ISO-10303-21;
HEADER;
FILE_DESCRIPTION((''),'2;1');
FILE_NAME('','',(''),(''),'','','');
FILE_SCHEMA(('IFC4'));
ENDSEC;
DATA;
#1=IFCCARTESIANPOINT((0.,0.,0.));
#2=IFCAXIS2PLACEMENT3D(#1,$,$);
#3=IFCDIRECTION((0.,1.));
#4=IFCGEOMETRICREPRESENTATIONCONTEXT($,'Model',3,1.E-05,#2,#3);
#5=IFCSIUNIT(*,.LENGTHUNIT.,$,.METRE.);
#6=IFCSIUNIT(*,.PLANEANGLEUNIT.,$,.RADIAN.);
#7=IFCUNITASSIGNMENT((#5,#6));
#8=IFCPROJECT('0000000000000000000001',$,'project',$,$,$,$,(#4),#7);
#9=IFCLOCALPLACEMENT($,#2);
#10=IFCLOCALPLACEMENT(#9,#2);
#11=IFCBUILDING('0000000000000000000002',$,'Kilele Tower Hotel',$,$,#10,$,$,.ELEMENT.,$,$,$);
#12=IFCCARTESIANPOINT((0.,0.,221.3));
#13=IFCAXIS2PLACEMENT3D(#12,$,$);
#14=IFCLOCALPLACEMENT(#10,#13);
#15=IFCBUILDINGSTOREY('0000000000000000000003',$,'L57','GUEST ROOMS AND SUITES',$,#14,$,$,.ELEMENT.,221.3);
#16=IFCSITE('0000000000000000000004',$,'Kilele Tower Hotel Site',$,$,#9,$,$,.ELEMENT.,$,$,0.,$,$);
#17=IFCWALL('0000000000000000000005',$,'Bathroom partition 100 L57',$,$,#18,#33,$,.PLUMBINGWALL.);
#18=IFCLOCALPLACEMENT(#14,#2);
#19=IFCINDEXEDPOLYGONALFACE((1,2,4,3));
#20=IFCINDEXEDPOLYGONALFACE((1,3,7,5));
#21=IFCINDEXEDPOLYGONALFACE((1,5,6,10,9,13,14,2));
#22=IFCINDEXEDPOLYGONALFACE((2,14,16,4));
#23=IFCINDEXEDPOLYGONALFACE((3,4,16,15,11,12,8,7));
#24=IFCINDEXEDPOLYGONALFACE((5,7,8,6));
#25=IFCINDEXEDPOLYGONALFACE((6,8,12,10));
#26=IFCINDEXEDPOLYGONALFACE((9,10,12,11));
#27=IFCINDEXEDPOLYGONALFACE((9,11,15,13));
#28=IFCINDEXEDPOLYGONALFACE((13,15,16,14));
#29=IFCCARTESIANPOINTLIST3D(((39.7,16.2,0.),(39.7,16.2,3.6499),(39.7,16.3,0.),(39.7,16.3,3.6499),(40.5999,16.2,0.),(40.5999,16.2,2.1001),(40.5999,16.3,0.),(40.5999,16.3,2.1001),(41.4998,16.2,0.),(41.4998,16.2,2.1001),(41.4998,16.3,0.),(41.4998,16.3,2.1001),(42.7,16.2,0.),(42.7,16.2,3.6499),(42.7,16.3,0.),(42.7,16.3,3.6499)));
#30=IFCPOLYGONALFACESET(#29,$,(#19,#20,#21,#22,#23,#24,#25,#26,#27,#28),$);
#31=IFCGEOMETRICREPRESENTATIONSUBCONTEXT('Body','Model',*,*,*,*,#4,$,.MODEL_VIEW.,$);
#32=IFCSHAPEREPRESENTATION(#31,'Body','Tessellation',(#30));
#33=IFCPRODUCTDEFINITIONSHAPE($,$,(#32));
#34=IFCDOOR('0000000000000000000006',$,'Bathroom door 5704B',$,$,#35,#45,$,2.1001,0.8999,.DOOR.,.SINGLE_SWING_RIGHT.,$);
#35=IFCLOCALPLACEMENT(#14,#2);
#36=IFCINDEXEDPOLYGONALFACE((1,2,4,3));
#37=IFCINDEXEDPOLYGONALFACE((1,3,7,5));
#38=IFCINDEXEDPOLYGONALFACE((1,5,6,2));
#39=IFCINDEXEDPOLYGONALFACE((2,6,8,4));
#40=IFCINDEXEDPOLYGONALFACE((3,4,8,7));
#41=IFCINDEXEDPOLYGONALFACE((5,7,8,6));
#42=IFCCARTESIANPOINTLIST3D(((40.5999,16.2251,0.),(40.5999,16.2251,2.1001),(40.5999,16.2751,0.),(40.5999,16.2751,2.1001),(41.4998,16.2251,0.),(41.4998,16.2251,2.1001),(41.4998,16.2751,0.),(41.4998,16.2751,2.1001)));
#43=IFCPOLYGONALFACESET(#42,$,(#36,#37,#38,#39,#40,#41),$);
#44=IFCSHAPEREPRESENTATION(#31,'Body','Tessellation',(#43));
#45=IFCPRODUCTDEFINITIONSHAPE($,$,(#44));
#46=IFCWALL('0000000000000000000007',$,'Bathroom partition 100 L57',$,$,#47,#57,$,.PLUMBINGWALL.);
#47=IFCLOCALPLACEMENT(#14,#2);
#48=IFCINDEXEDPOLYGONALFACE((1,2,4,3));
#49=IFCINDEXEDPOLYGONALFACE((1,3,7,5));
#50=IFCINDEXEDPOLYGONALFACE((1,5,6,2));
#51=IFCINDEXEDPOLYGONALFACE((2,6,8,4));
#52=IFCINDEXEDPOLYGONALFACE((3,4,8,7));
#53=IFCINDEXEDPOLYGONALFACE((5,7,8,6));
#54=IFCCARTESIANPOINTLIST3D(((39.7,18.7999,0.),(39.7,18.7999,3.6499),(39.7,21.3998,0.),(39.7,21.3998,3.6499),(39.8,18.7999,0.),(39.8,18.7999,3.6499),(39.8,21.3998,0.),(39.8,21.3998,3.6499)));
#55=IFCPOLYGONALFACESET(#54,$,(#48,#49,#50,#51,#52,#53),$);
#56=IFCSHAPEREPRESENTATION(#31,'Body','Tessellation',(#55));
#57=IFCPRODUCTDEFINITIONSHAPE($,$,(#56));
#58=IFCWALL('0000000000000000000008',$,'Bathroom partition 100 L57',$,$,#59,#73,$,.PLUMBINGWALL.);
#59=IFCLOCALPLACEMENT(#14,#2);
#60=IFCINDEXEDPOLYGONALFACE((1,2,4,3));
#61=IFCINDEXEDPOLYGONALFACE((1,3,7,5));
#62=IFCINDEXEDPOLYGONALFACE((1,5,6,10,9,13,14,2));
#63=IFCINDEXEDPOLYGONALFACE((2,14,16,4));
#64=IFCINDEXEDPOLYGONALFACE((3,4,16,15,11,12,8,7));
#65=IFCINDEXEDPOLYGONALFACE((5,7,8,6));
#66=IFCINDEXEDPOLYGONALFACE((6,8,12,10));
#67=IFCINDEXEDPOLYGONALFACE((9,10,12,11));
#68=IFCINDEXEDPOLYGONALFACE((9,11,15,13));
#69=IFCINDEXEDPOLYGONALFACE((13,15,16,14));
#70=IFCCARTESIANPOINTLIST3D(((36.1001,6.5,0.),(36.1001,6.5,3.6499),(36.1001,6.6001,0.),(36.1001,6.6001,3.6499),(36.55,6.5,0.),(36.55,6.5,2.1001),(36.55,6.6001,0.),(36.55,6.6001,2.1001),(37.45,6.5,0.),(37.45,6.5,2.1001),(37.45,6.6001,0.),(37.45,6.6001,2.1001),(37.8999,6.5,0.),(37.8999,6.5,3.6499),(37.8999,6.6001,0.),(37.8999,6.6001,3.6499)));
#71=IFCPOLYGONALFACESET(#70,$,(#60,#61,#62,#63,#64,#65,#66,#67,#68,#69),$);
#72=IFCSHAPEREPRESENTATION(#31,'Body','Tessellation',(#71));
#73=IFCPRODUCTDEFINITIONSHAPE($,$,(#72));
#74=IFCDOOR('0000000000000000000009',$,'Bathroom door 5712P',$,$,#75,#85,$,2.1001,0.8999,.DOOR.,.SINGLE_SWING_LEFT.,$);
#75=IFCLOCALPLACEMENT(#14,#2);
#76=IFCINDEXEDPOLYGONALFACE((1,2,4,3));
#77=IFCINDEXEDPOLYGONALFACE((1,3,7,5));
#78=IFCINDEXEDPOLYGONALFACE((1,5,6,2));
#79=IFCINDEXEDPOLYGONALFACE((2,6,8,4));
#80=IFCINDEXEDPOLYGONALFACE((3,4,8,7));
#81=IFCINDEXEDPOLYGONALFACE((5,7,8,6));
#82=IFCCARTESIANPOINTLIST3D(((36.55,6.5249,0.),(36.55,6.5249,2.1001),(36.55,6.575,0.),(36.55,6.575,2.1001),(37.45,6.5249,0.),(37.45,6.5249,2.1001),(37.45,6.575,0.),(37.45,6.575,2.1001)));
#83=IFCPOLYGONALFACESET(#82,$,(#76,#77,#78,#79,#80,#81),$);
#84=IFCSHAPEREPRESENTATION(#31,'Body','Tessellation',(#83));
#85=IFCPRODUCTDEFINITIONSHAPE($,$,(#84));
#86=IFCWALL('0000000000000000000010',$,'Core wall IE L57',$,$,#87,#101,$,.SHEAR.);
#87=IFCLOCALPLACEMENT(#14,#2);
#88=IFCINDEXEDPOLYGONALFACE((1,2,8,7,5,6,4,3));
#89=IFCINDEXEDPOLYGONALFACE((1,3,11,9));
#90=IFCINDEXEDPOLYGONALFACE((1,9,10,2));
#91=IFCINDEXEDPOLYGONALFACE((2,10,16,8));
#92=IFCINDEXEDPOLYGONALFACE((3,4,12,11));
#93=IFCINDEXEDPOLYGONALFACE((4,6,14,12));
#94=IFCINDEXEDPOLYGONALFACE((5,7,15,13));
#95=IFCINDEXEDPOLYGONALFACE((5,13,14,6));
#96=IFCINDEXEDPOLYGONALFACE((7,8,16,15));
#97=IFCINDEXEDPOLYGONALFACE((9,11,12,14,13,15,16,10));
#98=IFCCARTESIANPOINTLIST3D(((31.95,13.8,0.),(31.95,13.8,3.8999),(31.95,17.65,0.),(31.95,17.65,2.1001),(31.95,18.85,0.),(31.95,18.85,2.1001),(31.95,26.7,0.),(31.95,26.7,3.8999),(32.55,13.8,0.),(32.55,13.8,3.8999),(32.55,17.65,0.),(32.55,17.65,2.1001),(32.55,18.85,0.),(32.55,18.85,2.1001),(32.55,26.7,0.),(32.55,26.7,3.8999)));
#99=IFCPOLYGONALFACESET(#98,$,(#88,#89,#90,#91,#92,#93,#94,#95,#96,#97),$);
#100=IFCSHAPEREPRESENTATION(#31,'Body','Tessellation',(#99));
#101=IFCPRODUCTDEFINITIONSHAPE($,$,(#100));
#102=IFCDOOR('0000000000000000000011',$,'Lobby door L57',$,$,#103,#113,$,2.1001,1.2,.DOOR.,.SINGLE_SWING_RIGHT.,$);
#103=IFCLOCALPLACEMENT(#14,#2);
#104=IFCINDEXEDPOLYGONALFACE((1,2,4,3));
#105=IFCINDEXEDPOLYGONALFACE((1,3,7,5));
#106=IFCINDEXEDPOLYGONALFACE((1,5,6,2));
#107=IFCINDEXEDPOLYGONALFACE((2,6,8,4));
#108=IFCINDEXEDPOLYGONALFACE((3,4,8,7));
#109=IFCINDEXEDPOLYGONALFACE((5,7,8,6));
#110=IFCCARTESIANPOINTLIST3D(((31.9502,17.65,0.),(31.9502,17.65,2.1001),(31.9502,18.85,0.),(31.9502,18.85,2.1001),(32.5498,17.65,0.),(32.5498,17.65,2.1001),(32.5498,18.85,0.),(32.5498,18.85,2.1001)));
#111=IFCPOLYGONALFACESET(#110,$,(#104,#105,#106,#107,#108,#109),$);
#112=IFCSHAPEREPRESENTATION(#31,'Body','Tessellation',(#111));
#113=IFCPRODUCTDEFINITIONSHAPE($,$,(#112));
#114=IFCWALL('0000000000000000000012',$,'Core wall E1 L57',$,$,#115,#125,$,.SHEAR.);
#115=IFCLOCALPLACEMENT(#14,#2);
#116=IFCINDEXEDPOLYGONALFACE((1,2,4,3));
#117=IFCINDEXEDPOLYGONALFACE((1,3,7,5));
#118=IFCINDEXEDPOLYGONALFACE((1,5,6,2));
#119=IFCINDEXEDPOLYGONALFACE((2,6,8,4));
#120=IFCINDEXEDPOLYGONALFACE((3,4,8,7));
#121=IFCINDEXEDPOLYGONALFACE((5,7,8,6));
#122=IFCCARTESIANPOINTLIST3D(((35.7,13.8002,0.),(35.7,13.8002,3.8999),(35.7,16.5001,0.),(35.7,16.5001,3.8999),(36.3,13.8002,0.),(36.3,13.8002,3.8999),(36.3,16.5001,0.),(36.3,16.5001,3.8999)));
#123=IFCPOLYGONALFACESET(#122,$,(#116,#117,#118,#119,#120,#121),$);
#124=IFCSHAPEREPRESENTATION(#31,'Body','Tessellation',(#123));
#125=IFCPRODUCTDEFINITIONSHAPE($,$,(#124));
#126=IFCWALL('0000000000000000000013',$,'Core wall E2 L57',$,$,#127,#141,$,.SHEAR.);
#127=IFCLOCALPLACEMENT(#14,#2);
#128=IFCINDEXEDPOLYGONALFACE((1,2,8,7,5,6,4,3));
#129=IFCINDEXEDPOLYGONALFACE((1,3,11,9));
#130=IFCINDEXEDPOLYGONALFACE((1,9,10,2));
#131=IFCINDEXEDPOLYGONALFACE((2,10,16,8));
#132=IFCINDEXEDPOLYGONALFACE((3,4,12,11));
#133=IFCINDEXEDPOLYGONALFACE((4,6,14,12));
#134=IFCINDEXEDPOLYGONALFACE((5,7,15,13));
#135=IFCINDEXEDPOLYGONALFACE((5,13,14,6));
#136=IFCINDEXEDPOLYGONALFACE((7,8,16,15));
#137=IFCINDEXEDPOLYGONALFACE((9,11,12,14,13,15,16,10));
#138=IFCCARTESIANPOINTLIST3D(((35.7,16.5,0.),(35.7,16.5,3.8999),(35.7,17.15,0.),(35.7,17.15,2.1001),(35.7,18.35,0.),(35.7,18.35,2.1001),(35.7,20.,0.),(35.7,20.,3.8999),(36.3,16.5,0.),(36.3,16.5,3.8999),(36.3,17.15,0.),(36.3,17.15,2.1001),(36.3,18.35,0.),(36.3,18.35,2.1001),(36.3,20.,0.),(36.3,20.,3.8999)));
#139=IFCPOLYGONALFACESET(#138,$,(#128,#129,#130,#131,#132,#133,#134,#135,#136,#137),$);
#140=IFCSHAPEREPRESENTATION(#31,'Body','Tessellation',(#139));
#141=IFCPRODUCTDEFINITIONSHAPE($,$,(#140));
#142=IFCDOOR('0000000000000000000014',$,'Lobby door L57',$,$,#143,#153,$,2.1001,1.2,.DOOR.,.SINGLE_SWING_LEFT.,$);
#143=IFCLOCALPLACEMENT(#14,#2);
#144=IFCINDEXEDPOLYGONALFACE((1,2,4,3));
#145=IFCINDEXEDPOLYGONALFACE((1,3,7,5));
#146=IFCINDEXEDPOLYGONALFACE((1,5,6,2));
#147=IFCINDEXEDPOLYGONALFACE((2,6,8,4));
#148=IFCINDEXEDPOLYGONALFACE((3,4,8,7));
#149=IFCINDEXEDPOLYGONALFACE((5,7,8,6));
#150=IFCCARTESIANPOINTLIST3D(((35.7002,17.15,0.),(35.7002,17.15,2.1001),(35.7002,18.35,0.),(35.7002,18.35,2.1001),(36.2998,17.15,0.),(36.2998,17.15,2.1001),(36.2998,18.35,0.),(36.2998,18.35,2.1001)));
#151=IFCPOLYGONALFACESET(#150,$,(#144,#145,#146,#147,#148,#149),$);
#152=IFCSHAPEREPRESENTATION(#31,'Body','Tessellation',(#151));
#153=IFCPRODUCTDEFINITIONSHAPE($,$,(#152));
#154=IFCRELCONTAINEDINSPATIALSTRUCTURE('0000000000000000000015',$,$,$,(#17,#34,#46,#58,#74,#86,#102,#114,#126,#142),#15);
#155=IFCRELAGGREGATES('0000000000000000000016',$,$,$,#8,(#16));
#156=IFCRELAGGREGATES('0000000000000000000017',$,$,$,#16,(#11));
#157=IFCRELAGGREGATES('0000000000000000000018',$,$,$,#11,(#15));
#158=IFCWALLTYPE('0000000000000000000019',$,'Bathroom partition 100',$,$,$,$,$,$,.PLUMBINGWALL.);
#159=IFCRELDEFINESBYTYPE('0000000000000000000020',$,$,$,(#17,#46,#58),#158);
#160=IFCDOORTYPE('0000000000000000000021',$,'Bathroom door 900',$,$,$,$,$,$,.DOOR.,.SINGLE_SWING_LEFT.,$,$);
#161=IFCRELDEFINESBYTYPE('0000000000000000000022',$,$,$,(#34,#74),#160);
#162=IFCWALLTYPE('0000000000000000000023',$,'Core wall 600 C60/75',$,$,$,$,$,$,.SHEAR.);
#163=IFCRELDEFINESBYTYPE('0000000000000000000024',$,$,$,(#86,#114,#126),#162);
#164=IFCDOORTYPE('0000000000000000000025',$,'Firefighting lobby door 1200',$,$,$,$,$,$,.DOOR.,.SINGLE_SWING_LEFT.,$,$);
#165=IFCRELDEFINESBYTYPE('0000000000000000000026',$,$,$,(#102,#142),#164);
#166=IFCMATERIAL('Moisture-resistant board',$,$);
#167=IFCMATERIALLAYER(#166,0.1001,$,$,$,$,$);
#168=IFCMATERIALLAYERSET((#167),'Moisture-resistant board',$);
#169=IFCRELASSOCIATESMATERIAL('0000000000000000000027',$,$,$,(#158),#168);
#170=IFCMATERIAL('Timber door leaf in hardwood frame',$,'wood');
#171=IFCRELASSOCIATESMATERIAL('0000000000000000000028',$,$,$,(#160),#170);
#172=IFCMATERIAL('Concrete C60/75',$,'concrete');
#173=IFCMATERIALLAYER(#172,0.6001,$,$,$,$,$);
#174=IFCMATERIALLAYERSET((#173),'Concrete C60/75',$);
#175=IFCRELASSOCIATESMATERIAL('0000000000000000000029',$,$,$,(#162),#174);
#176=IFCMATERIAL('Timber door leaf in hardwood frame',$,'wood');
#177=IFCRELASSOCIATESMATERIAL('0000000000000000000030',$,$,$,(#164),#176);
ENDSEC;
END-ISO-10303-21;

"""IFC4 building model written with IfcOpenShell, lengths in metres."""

from ifc_helpers import new_model, si_unit, direction, frame, frame_2d, origin, place, context, subcontext, project, spatial, rectangle, extrude, material, layer, layer_set, type_object, element, fill, save


model = new_model("IFC4")

# Units and contexts
model_context = context("Model", 3, precision=1e-05, world=origin(), true_north=direction((0.0, 1.0)))
body_context = subcontext(model_context, "Body", "Model", "MODEL_VIEW")
ifc_project = project(units=[si_unit("LENGTHUNIT", "METRE"), si_unit("PLANEANGLEUNIT", "RADIAN")], contexts=[model_context])

# Site, building, storey
site_placement = place(None, origin())
site = spatial("IfcSite", under=ifc_project, at=site_placement, Name="Kilele Tower Hotel Site", CompositionType="ELEMENT", RefElevation=0.0)
building_placement = place(site_placement, origin())
building = spatial("IfcBuilding", under=site, at=building_placement, Name="Kilele Tower Hotel", CompositionType="ELEMENT")
storey_placement = place(building_placement, frame((0.0, 0.0, 221.3)))
storey = spatial("IfcBuildingStorey", under=building, at=storey_placement, Name="L57", Description="GUEST ROOMS AND SUITES", CompositionType="ELEMENT", Elevation=221.3)

# Shared definitions
ifc_material_1 = material(Name="Moisture-resistant board")
ifc_layer_1 = layer(ifc_material_1, 0.1001)
ifc_layer_set_1 = layer_set([ifc_layer_1], Name="Moisture-resistant board")
wall_type_1 = type_object("IfcWallType", Name="Bathroom partition 100", PredefinedType="PLUMBINGWALL", material=ifc_layer_set_1)

# Shared definitions
ifc_material_2 = material(Name="Timber door leaf in hardwood frame", Category="wood")
door_type_1 = type_object("IfcDoorType", Name="Bathroom door 900", OperationType="SINGLE_SWING_LEFT", PredefinedType="DOOR", material=ifc_material_2)

# Wall, opening, door
wall_1_placement = place(storey_placement, frame((39.7, 16.25, 0.0), z_axis=(0.0, 0.0, 1.0), x_axis=(1.0, 0.0, 0.0)))
wall_1 = element("IfcWall", 1, at=wall_1_placement, inside=storey, type_object=wall_type_1, Name="Bathroom partition 100 L57", PredefinedType="PLUMBINGWALL", context=body_context, shape_type="SweptSolid", body=[
    extrude(rectangle(XDim=3.0, YDim=0.1001, at=frame_2d((1.5, 0.0))), origin(), (0.0, 0.0, 1.0), 3.6499),
])
opening_1_placement = place(wall_1_placement, frame((1.7998, 0.0, 0.0), z_axis=(0.0, 0.0, 1.0), x_axis=(-1.0, 0.0, 0.0)))
opening_1 = element("IfcOpeningElement", 2, at=opening_1_placement, cuts=wall_1, PredefinedType="OPENING", context=body_context, shape_type="SweptSolid", body=[
    extrude(rectangle(XDim=0.8999, YDim=2.1001, at=frame_2d((0.45, 1.05))), frame((0.0, 0.0601, 0.0), z_axis=(0.0, -1.0, 0.0), x_axis=(1.0, 0.0, 0.0)), (0.0, 0.0, 1.0), 0.1201),
])
door_1_placement = place(opening_1_placement, origin())
door_1 = element("IfcDoor", 3, at=door_1_placement, inside=storey, type_object=door_type_1, Name="Bathroom door 5704B", OperationType="SINGLE_SWING_RIGHT", OverallHeight=2.1001, OverallWidth=0.8999, PredefinedType="DOOR", context=body_context, shape_type="SweptSolid", body=[
    extrude(rectangle(XDim=0.8999, YDim=2.1001, at=frame_2d((0.45, 1.05))), frame((0.0, 0.0249, 0.0), z_axis=(0.0, -1.0, 0.0), x_axis=(1.0, 0.0, 0.0)), (0.0, 0.0, 1.0), 0.05),
])
fill(opening_1, door_1)

# Wall
wall_2_placement = place(storey_placement, frame((39.75, 18.8, 0.0), z_axis=(0.0, 0.0, 1.0), x_axis=(0.0, 1.0, 0.0)))
element("IfcWall", 4, at=wall_2_placement, inside=storey, type_object=wall_type_1, Name="Bathroom partition 100 L57", PredefinedType="PLUMBINGWALL", context=body_context, shape_type="SweptSolid", body=[
    extrude(rectangle(XDim=2.5999, YDim=0.1001, at=frame_2d((1.2998, 0.0))), origin(), (0.0, 0.0, 1.0), 3.6499),
])

# Walls, openings, doors
wall_3_placement = place(storey_placement, frame((36.1001, 6.55, 0.0), z_axis=(0.0, 0.0, 1.0), x_axis=(1.0, 0.0, 0.0)))
wall_3 = element("IfcWall", 5, at=wall_3_placement, inside=storey, type_object=wall_type_1, Name="Bathroom partition 100 L57", PredefinedType="PLUMBINGWALL", context=body_context, shape_type="SweptSolid", body=[
    extrude(rectangle(XDim=1.7998, YDim=0.1001, at=frame_2d((0.8999, 0.0))), origin(), (0.0, 0.0, 1.0), 3.6499),
])
opening_2_placement = place(wall_3_placement, frame((0.45, 0.0, 0.0)))
opening_2 = element("IfcOpeningElement", 6, at=opening_2_placement, cuts=wall_3, PredefinedType="OPENING", context=body_context, shape_type="SweptSolid", body=[
    extrude(rectangle(XDim=0.8999, YDim=2.1001, at=frame_2d((0.45, 1.05))), frame((0.0, 0.0601, 0.0), z_axis=(0.0, -1.0, 0.0), x_axis=(1.0, 0.0, 0.0)), (0.0, 0.0, 1.0), 0.1201),
])
door_2_placement = place(opening_2_placement, origin())
door_2 = element("IfcDoor", 7, at=door_2_placement, inside=storey, type_object=door_type_1, Name="Bathroom door 5712P", OperationType="SINGLE_SWING_LEFT", OverallHeight=2.1001, OverallWidth=0.8999, PredefinedType="DOOR", context=body_context, shape_type="SweptSolid", body=[
    extrude(rectangle(XDim=0.8999, YDim=2.1001, at=frame_2d((0.45, 1.05))), frame((0.0, 0.0249, 0.0), z_axis=(0.0, -1.0, 0.0), x_axis=(1.0, 0.0, 0.0)), (0.0, 0.0, 1.0), 0.05),
])
fill(opening_2, door_2)
ifc_material_3 = material(Name="Concrete C60/75", Category="concrete")
ifc_layer_2 = layer(ifc_material_3, 0.6001)
ifc_layer_set_2 = layer_set([ifc_layer_2], Name="Concrete C60/75")
wall_type_2 = type_object("IfcWallType", Name="Core wall 600 C60/75", PredefinedType="SHEAR", material=ifc_layer_set_2)
wall_4_placement = place(storey_placement, frame((32.25, 13.8, 0.0), z_axis=(0.0, 0.0, 1.0), x_axis=(0.0, 1.0, 0.0)))
wall_4 = element("IfcWall", 8, at=wall_4_placement, inside=storey, type_object=wall_type_2, Name="Core wall IE L57", PredefinedType="SHEAR", context=body_context, shape_type="SweptSolid", body=[
    extrude(rectangle(XDim=12.8999, YDim=0.6001, at=frame_2d((6.45, 0.0))), origin(), (0.0, 0.0, 1.0), 3.8999),
])
opening_3_placement = place(wall_4_placement, frame((5.05, 0.0, 0.0), z_axis=(0.0, 0.0, 1.0), x_axis=(-1.0, 0.0, 0.0)))
opening_3 = element("IfcOpeningElement", 9, at=opening_3_placement, cuts=wall_4, PredefinedType="OPENING", context=body_context, shape_type="SweptSolid", body=[
    extrude(rectangle(XDim=1.2, YDim=2.1001, at=frame_2d((0.6001, 1.05))), frame((0.0, 0.3101, 0.0), z_axis=(0.0, -1.0, 0.0), x_axis=(1.0, 0.0, 0.0)), (0.0, 0.0, 1.0), 0.6201),
])
ifc_material_4 = material(Name="Timber door leaf in hardwood frame", Category="wood")
door_type_2 = type_object("IfcDoorType", Name="Firefighting lobby door 1200", OperationType="SINGLE_SWING_LEFT", PredefinedType="DOOR", material=ifc_material_4)
door_3_placement = place(opening_3_placement, origin())
door_3 = element("IfcDoor", 10, at=door_3_placement, inside=storey, type_object=door_type_2, Name="Lobby door L57", OperationType="SINGLE_SWING_RIGHT", OverallHeight=2.1001, OverallWidth=1.2, PredefinedType="DOOR", context=body_context, shape_type="SweptSolid", body=[
    extrude(rectangle(XDim=1.2, YDim=2.1001, at=frame_2d((0.6001, 1.05))), frame((0.0, 0.2998, 0.0), z_axis=(0.0, -1.0, 0.0), x_axis=(1.0, 0.0, 0.0)), (0.0, 0.0, 1.0), 0.5996),
])
fill(opening_3, door_3)

# Wall
wall_5_placement = place(storey_placement, frame((36.0, 13.8, 0.0), z_axis=(0.0, 0.0, 1.0), x_axis=(0.0, 1.0, 0.0)))
element("IfcWall", 11, at=wall_5_placement, inside=storey, type_object=wall_type_2, Name="Core wall E1 L57", PredefinedType="SHEAR", context=body_context, shape_type="SweptSolid", body=[
    extrude(rectangle(XDim=2.7, YDim=0.6001, at=frame_2d((1.3501, 0.0))), origin(), (0.0, 0.0, 1.0), 3.8999),
])

# Wall, opening, door
wall_6_placement = place(storey_placement, frame((36.0, 16.5, 0.0), z_axis=(0.0, 0.0, 1.0), x_axis=(0.0, 1.0, 0.0)))
wall_6 = element("IfcWall", 12, at=wall_6_placement, inside=storey, type_object=wall_type_2, Name="Core wall E2 L57", PredefinedType="SHEAR", context=body_context, shape_type="SweptSolid", body=[
    extrude(rectangle(XDim=3.5, YDim=0.6001, at=frame_2d((1.75, 0.0))), origin(), (0.0, 0.0, 1.0), 3.8999),
])
opening_4_placement = place(wall_6_placement, frame((0.6499, 0.0, 0.0)))
opening_4 = element("IfcOpeningElement", 13, at=opening_4_placement, cuts=wall_6, PredefinedType="OPENING", context=body_context, shape_type="SweptSolid", body=[
    extrude(rectangle(XDim=1.2, YDim=2.1001, at=frame_2d((0.6001, 1.05))), frame((0.0, 0.3101, 0.0), z_axis=(0.0, -1.0, 0.0), x_axis=(1.0, 0.0, 0.0)), (0.0, 0.0, 1.0), 0.6201),
])
door_4_placement = place(opening_4_placement, origin())
door_4 = element("IfcDoor", 14, at=door_4_placement, inside=storey, type_object=door_type_2, Name="Lobby door L57", OperationType="SINGLE_SWING_LEFT", OverallHeight=2.1001, OverallWidth=1.2, PredefinedType="DOOR", context=body_context, shape_type="SweptSolid", body=[
    extrude(rectangle(XDim=1.2, YDim=2.1001, at=frame_2d((0.6001, 1.05))), frame((0.0, 0.2998, 0.0), z_axis=(0.0, -1.0, 0.0), x_axis=(1.0, 0.0, 0.0)), (0.0, 0.0, 1.0), 0.5996),
])
fill(opening_4, door_4)

save(model, "model.ifc")
